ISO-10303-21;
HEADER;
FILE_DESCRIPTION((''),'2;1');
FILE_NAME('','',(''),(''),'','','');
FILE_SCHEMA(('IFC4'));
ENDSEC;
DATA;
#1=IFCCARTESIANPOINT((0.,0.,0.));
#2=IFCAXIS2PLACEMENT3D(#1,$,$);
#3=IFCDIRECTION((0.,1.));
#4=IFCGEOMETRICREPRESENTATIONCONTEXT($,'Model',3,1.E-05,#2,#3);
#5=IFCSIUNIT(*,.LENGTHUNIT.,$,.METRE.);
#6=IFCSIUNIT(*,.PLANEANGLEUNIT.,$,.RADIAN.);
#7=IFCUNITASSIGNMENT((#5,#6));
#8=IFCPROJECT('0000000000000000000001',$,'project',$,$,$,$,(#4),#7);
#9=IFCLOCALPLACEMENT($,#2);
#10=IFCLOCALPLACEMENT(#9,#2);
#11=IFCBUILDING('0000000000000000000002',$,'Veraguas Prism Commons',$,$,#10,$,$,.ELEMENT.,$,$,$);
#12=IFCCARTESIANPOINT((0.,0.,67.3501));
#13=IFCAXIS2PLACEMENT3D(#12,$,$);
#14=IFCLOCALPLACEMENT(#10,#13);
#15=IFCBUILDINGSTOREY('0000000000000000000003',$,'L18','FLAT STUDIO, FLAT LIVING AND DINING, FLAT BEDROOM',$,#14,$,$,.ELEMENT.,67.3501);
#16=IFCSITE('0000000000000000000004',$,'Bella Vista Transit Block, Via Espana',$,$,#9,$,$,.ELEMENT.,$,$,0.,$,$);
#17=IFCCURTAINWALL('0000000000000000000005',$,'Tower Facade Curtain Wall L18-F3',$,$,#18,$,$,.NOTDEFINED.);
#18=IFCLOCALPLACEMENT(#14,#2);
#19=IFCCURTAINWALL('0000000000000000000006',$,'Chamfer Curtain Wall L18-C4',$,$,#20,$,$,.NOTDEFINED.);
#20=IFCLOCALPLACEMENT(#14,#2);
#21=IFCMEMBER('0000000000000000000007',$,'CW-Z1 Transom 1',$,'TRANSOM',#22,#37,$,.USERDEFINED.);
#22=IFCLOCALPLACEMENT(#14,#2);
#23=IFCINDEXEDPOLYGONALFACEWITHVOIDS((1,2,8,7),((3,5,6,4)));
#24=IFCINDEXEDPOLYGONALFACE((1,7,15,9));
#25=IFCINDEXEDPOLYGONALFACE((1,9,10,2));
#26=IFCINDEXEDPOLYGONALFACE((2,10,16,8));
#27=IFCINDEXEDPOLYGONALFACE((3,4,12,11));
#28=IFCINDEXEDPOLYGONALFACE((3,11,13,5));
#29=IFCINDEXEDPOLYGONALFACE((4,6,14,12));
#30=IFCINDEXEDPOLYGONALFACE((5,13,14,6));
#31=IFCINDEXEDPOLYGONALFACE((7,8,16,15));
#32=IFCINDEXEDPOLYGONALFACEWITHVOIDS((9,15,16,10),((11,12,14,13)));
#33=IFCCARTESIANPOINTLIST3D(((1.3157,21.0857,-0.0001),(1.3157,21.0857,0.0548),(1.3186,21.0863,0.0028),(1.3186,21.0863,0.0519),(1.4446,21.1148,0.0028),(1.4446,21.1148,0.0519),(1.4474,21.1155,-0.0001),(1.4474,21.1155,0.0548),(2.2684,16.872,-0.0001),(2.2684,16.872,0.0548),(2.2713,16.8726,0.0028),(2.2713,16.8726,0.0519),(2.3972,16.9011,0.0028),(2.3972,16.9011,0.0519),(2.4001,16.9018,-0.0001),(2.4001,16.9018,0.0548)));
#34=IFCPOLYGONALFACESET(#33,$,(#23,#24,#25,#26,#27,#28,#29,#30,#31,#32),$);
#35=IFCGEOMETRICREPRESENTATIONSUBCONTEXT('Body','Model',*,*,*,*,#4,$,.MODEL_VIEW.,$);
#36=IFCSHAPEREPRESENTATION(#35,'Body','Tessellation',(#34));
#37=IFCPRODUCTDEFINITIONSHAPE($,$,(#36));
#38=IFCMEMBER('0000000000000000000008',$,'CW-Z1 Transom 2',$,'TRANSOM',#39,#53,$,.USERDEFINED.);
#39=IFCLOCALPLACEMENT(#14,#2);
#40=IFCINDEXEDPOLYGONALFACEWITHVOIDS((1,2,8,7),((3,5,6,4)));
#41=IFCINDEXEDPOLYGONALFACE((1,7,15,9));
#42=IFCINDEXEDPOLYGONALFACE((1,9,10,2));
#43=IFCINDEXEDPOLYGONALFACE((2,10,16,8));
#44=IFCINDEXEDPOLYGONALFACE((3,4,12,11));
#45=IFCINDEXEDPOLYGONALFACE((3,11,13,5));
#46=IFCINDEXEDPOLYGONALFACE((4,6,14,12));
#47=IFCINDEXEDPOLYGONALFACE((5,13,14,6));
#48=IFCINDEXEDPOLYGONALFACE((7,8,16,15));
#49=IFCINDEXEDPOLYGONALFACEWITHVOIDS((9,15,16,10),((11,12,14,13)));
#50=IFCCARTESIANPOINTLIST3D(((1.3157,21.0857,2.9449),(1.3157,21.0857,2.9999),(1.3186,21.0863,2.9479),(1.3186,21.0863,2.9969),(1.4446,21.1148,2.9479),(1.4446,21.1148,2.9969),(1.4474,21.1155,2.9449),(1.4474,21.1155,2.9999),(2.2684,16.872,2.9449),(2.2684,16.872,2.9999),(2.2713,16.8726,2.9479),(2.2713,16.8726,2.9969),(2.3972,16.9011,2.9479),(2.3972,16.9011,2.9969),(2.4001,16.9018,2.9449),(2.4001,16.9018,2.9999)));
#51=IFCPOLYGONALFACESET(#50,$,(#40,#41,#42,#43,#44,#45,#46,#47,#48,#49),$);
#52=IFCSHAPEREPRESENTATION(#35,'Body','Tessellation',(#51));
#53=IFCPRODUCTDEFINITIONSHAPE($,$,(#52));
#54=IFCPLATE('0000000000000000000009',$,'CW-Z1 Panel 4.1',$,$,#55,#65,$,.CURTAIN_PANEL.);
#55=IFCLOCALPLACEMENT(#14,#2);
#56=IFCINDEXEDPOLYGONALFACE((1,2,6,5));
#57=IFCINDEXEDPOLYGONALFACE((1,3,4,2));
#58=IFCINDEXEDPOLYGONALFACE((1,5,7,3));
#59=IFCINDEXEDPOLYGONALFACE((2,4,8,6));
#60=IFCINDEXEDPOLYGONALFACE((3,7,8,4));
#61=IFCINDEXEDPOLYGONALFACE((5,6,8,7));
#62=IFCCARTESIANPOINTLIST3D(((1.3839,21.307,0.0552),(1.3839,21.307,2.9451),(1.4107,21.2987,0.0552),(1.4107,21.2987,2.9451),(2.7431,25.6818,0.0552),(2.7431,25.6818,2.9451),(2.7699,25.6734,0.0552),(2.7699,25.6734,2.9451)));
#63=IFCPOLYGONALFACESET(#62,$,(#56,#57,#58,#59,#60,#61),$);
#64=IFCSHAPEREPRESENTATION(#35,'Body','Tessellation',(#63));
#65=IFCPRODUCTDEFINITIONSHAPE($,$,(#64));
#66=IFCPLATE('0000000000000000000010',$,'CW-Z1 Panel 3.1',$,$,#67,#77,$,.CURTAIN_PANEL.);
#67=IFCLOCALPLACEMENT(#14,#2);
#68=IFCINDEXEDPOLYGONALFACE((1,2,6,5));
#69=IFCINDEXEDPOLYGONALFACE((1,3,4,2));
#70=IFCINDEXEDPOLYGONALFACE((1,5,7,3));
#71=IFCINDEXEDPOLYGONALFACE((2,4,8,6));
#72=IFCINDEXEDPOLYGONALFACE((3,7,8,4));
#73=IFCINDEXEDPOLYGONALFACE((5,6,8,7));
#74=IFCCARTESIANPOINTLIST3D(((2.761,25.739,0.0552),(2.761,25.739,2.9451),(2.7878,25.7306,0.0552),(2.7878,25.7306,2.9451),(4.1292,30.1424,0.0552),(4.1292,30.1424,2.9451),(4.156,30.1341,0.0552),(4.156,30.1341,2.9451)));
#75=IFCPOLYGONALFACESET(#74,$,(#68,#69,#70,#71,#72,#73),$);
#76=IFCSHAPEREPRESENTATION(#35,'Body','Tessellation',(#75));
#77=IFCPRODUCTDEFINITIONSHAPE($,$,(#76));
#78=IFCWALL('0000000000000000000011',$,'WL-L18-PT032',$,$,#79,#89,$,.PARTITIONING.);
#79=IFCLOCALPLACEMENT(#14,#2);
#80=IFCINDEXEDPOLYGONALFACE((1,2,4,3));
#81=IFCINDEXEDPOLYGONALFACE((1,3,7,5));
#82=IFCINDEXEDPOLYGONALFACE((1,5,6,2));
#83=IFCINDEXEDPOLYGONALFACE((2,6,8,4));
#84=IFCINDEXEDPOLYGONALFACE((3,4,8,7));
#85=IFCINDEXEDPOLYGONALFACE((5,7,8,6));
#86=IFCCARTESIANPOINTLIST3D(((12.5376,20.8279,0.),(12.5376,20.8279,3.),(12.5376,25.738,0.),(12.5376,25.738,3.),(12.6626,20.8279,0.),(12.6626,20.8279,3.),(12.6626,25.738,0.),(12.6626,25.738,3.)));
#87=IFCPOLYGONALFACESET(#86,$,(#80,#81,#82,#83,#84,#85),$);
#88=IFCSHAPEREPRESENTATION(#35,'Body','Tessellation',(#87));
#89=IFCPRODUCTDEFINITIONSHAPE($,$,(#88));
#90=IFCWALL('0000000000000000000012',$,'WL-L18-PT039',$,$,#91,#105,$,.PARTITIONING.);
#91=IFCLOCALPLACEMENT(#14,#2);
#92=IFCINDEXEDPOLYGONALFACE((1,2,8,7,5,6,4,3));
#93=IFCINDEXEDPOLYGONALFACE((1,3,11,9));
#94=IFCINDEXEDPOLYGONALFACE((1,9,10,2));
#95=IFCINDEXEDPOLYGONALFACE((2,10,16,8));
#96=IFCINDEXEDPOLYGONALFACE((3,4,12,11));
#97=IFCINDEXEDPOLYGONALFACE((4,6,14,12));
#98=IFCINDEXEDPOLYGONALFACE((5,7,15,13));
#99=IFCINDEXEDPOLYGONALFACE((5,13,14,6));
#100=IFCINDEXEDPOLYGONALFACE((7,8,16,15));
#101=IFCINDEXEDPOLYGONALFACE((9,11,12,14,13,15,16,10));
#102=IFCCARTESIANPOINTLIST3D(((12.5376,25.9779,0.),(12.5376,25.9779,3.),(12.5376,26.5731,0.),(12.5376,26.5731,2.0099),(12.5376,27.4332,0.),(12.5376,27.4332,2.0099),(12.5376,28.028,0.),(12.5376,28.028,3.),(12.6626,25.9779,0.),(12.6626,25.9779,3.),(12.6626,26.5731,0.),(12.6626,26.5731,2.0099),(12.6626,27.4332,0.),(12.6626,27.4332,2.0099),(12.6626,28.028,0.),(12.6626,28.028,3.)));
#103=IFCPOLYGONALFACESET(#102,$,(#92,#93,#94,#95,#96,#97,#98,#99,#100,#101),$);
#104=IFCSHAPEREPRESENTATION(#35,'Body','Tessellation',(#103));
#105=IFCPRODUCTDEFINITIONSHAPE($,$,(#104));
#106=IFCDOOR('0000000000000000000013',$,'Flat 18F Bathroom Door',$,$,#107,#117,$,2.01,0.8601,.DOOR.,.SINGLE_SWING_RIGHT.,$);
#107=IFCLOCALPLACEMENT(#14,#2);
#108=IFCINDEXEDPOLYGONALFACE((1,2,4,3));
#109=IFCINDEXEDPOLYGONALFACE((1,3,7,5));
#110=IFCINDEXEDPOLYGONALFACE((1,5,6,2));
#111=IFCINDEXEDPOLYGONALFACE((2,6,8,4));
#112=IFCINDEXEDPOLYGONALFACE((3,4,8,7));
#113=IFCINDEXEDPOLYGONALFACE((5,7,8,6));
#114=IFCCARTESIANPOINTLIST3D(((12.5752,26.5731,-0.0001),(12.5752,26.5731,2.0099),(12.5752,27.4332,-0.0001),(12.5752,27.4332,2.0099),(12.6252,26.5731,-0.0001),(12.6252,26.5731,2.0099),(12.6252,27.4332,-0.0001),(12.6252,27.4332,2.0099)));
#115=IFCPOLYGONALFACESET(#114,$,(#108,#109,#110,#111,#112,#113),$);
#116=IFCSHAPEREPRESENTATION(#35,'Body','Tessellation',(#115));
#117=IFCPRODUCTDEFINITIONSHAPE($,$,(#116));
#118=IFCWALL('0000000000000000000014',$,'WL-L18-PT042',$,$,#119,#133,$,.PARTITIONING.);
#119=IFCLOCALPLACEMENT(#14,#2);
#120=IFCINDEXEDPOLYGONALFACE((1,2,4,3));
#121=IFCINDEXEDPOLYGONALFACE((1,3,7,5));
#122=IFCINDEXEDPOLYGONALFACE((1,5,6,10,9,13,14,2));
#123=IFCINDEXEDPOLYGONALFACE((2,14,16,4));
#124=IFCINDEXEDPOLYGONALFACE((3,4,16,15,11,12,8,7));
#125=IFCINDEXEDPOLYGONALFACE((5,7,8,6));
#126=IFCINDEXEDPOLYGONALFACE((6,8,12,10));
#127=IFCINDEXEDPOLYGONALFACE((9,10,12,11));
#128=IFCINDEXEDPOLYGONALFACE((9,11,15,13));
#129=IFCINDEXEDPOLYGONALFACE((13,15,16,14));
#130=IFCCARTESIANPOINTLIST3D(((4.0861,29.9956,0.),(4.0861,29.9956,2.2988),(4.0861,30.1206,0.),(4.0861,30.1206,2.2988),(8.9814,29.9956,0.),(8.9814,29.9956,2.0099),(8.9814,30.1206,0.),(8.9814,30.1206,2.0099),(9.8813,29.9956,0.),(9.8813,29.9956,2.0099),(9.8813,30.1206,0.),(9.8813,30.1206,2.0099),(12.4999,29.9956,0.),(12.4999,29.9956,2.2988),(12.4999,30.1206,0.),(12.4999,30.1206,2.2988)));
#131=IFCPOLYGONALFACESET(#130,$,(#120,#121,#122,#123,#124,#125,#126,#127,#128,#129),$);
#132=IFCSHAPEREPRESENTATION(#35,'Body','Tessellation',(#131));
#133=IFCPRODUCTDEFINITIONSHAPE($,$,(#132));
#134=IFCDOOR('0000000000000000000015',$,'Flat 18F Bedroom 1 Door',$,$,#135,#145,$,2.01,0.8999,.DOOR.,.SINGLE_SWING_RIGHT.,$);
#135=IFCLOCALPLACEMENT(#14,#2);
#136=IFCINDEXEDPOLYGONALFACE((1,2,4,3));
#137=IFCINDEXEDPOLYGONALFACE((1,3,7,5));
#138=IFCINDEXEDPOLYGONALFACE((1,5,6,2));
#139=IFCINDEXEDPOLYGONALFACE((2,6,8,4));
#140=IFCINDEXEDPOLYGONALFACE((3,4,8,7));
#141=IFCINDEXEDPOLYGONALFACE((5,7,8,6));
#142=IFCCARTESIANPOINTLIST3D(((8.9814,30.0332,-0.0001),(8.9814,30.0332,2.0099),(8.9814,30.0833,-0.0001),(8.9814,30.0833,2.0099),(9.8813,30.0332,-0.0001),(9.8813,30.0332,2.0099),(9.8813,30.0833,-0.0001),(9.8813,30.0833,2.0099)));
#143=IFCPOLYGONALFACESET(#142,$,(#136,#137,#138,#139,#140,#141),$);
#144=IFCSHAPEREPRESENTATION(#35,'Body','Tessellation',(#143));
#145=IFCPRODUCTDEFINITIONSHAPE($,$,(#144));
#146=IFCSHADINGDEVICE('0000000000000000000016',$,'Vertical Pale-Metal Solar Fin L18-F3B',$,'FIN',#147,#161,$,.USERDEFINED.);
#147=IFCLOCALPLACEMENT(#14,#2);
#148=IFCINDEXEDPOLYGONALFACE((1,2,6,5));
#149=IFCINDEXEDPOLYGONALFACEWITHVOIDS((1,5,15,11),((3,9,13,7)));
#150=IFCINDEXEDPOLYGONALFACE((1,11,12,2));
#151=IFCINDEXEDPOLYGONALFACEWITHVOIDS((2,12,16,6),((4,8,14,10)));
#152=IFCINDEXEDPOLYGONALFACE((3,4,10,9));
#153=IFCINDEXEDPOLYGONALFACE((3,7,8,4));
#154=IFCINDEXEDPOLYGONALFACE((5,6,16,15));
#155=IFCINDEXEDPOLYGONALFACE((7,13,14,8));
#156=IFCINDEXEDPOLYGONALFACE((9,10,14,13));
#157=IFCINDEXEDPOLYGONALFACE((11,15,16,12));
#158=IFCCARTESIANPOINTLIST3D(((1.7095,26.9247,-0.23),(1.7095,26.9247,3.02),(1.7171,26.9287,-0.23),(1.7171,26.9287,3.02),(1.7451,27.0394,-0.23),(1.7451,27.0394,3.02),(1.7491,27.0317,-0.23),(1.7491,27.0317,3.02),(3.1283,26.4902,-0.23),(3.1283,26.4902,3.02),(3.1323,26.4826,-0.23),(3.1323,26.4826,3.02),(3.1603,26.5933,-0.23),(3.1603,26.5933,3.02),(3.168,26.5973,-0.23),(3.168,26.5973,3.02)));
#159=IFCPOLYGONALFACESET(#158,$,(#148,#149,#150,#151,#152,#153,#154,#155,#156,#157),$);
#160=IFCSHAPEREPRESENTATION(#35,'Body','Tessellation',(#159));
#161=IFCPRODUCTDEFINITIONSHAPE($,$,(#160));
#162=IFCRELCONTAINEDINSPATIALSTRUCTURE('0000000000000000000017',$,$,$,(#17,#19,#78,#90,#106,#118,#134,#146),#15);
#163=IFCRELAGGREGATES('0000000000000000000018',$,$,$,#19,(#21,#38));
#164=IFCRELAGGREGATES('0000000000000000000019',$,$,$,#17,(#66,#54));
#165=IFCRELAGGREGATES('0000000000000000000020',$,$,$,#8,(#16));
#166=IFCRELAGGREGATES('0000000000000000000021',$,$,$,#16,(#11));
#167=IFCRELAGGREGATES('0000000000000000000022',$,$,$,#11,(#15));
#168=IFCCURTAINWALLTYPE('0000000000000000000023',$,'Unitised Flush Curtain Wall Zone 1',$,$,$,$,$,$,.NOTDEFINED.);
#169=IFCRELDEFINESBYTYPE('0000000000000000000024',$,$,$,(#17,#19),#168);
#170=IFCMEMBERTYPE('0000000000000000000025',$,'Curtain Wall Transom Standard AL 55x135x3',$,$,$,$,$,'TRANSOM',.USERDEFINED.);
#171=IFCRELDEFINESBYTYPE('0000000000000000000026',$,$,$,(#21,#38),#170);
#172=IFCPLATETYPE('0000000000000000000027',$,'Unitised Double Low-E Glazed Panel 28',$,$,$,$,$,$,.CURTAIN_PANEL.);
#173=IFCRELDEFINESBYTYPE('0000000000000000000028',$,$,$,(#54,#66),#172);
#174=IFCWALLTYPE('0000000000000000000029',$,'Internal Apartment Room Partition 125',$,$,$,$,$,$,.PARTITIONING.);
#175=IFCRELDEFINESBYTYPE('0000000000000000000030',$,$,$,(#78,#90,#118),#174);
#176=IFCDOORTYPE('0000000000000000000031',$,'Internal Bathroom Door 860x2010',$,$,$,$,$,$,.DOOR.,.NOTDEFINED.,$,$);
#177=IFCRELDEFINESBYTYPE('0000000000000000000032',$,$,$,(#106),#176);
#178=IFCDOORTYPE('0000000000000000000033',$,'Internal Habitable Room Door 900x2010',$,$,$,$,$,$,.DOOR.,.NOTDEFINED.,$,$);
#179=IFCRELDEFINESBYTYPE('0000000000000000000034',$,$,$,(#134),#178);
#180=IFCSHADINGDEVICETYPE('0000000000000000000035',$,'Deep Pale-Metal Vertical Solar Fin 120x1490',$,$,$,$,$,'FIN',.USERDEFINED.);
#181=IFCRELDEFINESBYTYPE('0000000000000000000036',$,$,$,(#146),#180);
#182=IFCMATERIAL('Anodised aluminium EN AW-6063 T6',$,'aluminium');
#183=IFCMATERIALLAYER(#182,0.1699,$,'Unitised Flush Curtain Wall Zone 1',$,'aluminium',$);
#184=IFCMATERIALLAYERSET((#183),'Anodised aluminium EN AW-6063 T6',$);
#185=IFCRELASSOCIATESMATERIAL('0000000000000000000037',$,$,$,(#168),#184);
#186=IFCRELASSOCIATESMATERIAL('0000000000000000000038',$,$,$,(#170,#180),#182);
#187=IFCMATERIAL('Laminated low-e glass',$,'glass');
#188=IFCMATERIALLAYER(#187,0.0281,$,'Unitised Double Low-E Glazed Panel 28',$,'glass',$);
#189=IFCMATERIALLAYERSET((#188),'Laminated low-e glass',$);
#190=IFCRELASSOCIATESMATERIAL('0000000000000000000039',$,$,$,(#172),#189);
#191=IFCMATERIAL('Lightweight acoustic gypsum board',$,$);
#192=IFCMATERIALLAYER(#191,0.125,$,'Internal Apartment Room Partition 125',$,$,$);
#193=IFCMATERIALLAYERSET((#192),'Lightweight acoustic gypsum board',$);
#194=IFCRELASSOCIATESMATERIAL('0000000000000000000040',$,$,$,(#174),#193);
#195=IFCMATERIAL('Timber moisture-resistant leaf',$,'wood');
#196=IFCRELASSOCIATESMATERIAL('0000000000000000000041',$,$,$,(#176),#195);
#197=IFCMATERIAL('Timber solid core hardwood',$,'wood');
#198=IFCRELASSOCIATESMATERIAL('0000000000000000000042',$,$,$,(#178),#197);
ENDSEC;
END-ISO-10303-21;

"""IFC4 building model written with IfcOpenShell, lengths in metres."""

from ifc_helpers import new_model, si_unit, direction, frame, frame_2d, origin, origin_2d, place, context, subcontext, project, spatial, rectangle, hollow_rectangle, extrude, source, transform, mapped, material, layer, layer_set, material_profile, profile_set, type_object, element, fill, aggregate, save


model = new_model("IFC4")

# Units and contexts
model_context = context("Model", 3, precision=1e-05, world=origin(), true_north=direction((0.0, 1.0)))
body_context = subcontext(model_context, "Body", "Model", "MODEL_VIEW")
ifc_project = project(units=[si_unit("LENGTHUNIT", "METRE"), si_unit("PLANEANGLEUNIT", "RADIAN")], contexts=[model_context])

# Site, building, storey
site_placement = place(None, origin())
site = spatial("IfcSite", under=ifc_project, at=site_placement, Name="Bella Vista Transit Block, Via Espana", CompositionType="ELEMENT", RefElevation=0.0)
building_placement = place(site_placement, origin())
building = spatial("IfcBuilding", under=site, at=building_placement, Name="Veraguas Prism Commons", CompositionType="ELEMENT")
storey_placement = place(building_placement, frame((0.0, 0.0, 67.3501)))
storey = spatial("IfcBuildingStorey", under=building, at=storey_placement, Name="L18", Description="FLAT STUDIO, FLAT LIVING AND DINING, FLAT BEDROOM", CompositionType="ELEMENT", Elevation=67.3501)

# Curtain walls, members
ifc_material_1 = material(Name="Anodised aluminium EN AW-6063 T6", Category="aluminium")
ifc_layer_1 = layer(ifc_material_1, 0.1699, Name="Unitised Flush Curtain Wall Zone 1", Category="aluminium")
ifc_layer_set_1 = layer_set([ifc_layer_1], Name="Anodised aluminium EN AW-6063 T6")
curtain_wall_type = type_object("IfcCurtainWallType", Name="Unitised Flush Curtain Wall Zone 1", PredefinedType="NOTDEFINED", material=ifc_layer_set_1)
curtain_wall_1_placement = place(storey_placement, origin())
curtain_wall_1 = element("IfcCurtainWall", 1, at=curtain_wall_1_placement, inside=storey, type_object=curtain_wall_type, Name="Tower Facade Curtain Wall L18-F3", PredefinedType="NOTDEFINED")
curtain_wall_2_placement = place(storey_placement, origin())
curtain_wall_2 = element("IfcCurtainWall", 2, at=curtain_wall_2_placement, inside=storey, type_object=curtain_wall_type, Name="Chamfer Curtain Wall L18-C4", PredefinedType="NOTDEFINED")
ifc_material_profile_1 = material_profile(ifc_material_1, hollow_rectangle(XDim=0.0549, YDim=0.135, WallThickness=0.0029, at=origin_2d()), Name="AL55X135X3")
ifc_profile_set_1 = profile_set([ifc_material_profile_1], Name="Anodised aluminium EN AW-6063 T6")
member_type_1 = type_object("IfcMemberType", Name="Curtain Wall Transom Standard AL 55x135x3", ElementType="TRANSOM", PredefinedType="USERDEFINED", material=ifc_profile_set_1)
shared_shape_1 = source(origin(), body_context, "Body", "SweptSolid", [
    extrude(hollow_rectangle(XDim=0.0549, YDim=0.135, WallThickness=0.0029, at=origin_2d()), origin(), (0.0, 0.0, 1.0), 4.3201),
])
member_1_placement = place(storey_placement, frame((1.3816, 21.1006, 0.0273), z_axis=(0.220519, -0.975383, 0.0), x_axis=(0.0, 0.0, 1.0)))
member_1 = element("IfcMember", 3, at=member_1_placement, type_object=member_type_1, Name="CW-Z1 Transom 1", ObjectType="TRANSOM", PredefinedType="USERDEFINED", context=body_context, shape_type="MappedRepresentation", body=[
    mapped(shared_shape_1, transform((0.0, 0.0, 0.0), scale=1.0)),
])
member_2_placement = place(storey_placement, frame((1.3816, 21.1006, 2.9724), z_axis=(0.220519, -0.975383, 0.0), x_axis=(0.0, 0.0, 1.0)))
member_2 = element("IfcMember", 4, at=member_2_placement, type_object=member_type_1, Name="CW-Z1 Transom 2", ObjectType="TRANSOM", PredefinedType="USERDEFINED", context=body_context, shape_type="MappedRepresentation", body=[
    mapped(shared_shape_1, transform((0.0, 0.0, 0.0), scale=1.0)),
])
aggregate(curtain_wall_2, [member_1, member_2])

# Plates
ifc_material_2 = material(Name="Laminated low-e glass", Category="glass")
ifc_layer_2 = layer(ifc_material_2, 0.0281, Name="Unitised Double Low-E Glazed Panel 28", Category="glass")
ifc_layer_set_2 = layer_set([ifc_layer_2], Name="Laminated low-e glass")
plate_type = type_object("IfcPlateType", Name="Unitised Double Low-E Glazed Panel 28", PredefinedType="CURTAIN_PANEL", material=ifc_layer_set_2)
shared_shape_2 = source(origin(), body_context, "Body", "SweptSolid", [
    extrude(rectangle(XDim=4.5811, YDim=0.0281, at=origin_2d()), origin(), (0.0, 0.0, 1.0), 2.8899),
])
plate_1_placement = place(storey_placement, frame((2.0769, 23.4902, 0.0552), z_axis=(0.0, 0.0, 1.0), x_axis=(-0.29671, -0.954968, 0.0)))
plate_1 = element("IfcPlate", 5, at=plate_1_placement, type_object=plate_type, Name="CW-Z1 Panel 4.1", PredefinedType="CURTAIN_PANEL", context=body_context, shape_type="MappedRepresentation", body=[
    mapped(shared_shape_2, transform((0.0, 0.0, 0.0), scale=1.0)),
])
shared_shape_3 = source(origin(), body_context, "Body", "SweptSolid", [
    extrude(rectangle(XDim=4.6111, YDim=0.0281, at=origin_2d()), origin(), (0.0, 0.0, 1.0), 2.8899),
])
plate_2_placement = place(storey_placement, frame((3.4585, 27.9365, 0.0552), z_axis=(0.0, 0.0, 1.0), x_axis=(-0.29671, -0.954968, 0.0)))
plate_2 = element("IfcPlate", 6, at=plate_2_placement, type_object=plate_type, Name="CW-Z1 Panel 3.1", PredefinedType="CURTAIN_PANEL", context=body_context, shape_type="MappedRepresentation", body=[
    mapped(shared_shape_3, transform((0.0, 0.0, 0.0), scale=1.0)),
])
aggregate(curtain_wall_1, [plate_2, plate_1])

# Wall
ifc_material_3 = material(Name="Lightweight acoustic gypsum board")
ifc_layer_3 = layer(ifc_material_3, 0.125, Name="Internal Apartment Room Partition 125")
ifc_layer_set_3 = layer_set([ifc_layer_3], Name="Lightweight acoustic gypsum board")
wall_type = type_object("IfcWallType", Name="Internal Apartment Room Partition 125", PredefinedType="PARTITIONING", material=ifc_layer_set_3)
wall_1_placement = place(storey_placement, frame((12.6001, 20.8279, 0.0), z_axis=(0.0, 0.0, 1.0), x_axis=(0.0, 1.0, 0.0)))
element("IfcWall", 7, at=wall_1_placement, inside=storey, type_object=wall_type, Name="WL-L18-PT032", PredefinedType="PARTITIONING", context=body_context, shape_type="SweptSolid", body=[
    extrude(rectangle(XDim=4.9102, YDim=0.125, at=frame_2d((2.4551, 0.0))), origin(), (0.0, 0.0, 1.0), 3.0),
])

# Walls, openings, doors
wall_2_placement = place(storey_placement, frame((12.6001, 25.978, 0.0), z_axis=(0.0, 0.0, 1.0), x_axis=(0.0, 1.0, 0.0)))
wall_2 = element("IfcWall", 8, at=wall_2_placement, inside=storey, type_object=wall_type, Name="WL-L18-PT039", PredefinedType="PARTITIONING", context=body_context, shape_type="SweptSolid", body=[
    extrude(rectangle(XDim=2.05, YDim=0.125, at=frame_2d((1.0249, 0.0))), origin(), (0.0, 0.0, 1.0), 3.0),
])
opening_1_placement = place(wall_2_placement, frame((0.595, 0.0, 0.0)))
opening_1 = element("IfcOpeningElement", 9, at=opening_1_placement, cuts=wall_2, PredefinedType="OPENING", context=body_context, shape_type="SweptSolid", body=[
    extrude(rectangle(XDim=0.8601, YDim=2.01, at=frame_2d((0.4302, 1.0049))), frame((0.0, 0.0725, 0.0), z_axis=(0.0, -1.0, 0.0), x_axis=(1.0, 0.0, 0.0)), (0.0, 0.0, 1.0), 0.145),
])
ifc_material_4 = material(Name="Timber moisture-resistant leaf", Category="wood")
door_type_1 = type_object("IfcDoorType", Name="Internal Bathroom Door 860x2010", OperationType="NOTDEFINED", PredefinedType="DOOR", material=ifc_material_4)
shared_shape_4 = source(origin(), body_context, "Body", "SweptSolid", [
    extrude(rectangle(XDim=0.8601, YDim=2.01, at=frame_2d((0.4302, 1.0049))), frame((0.0, 0.0249, 0.0), z_axis=(0.0, -1.0, 0.0), x_axis=(1.0, 0.0, 0.0)), (0.0, 0.0, 1.0), 0.05),
])
door_1_placement = place(opening_1_placement, origin())
door_1 = element("IfcDoor", 10, at=door_1_placement, inside=storey, type_object=door_type_1, Name="Flat 18F Bathroom Door", OperationType="SINGLE_SWING_RIGHT", OverallHeight=2.01, OverallWidth=0.8601, PredefinedType="DOOR", context=body_context, shape_type="MappedRepresentation", body=[
    mapped(shared_shape_4, transform((0.0, 0.0, 0.0), scale=1.0)),
])
fill(opening_1, door_1)
wall_3_placement = place(storey_placement, frame((12.5, 30.0581, 0.0), z_axis=(0.0, 0.0, 1.0), x_axis=(-1.0, 0.0, 0.0)))
wall_3 = element("IfcWall", 11, at=wall_3_placement, inside=storey, type_object=wall_type, Name="WL-L18-PT042", PredefinedType="PARTITIONING", context=body_context, shape_type="SweptSolid", body=[
    extrude(rectangle(XDim=8.4138, YDim=0.125, at=frame_2d((4.207, 0.0))), origin(), (0.0, 0.0, 1.0), 2.2988),
])
opening_2_placement = place(wall_3_placement, frame((2.6187, 0.0, 0.0)))
opening_2 = element("IfcOpeningElement", 12, at=opening_2_placement, cuts=wall_3, PredefinedType="OPENING", context=body_context, shape_type="SweptSolid", body=[
    extrude(rectangle(XDim=0.8999, YDim=2.01, at=frame_2d((0.45, 1.0049))), frame((0.0, 0.0725, 0.0), z_axis=(0.0, -1.0, 0.0), x_axis=(1.0, 0.0, 0.0)), (0.0, 0.0, 1.0), 0.145),
])
ifc_material_5 = material(Name="Timber solid core hardwood", Category="wood")
door_type_2 = type_object("IfcDoorType", Name="Internal Habitable Room Door 900x2010", OperationType="NOTDEFINED", PredefinedType="DOOR", material=ifc_material_5)
shared_shape_5 = source(origin(), body_context, "Body", "SweptSolid", [
    extrude(rectangle(XDim=0.8999, YDim=2.01, at=frame_2d((0.45, 1.0049))), frame((0.0, 0.0249, 0.0), z_axis=(0.0, -1.0, 0.0), x_axis=(1.0, 0.0, 0.0)), (0.0, 0.0, 1.0), 0.05),
])
door_2_placement = place(opening_2_placement, origin())
door_2 = element("IfcDoor", 13, at=door_2_placement, inside=storey, type_object=door_type_2, Name="Flat 18F Bedroom 1 Door", OperationType="SINGLE_SWING_RIGHT", OverallHeight=2.01, OverallWidth=0.8999, PredefinedType="DOOR", context=body_context, shape_type="MappedRepresentation", body=[
    mapped(shared_shape_5, transform((0.0, 0.0, 0.0), scale=1.0)),
])
fill(opening_2, door_2)

# Shading device
ifc_material_profile_2 = material_profile(ifc_material_1, hollow_rectangle(XDim=0.1201, YDim=1.49, WallThickness=0.0061, at=origin_2d()), Name="FIN120X1490X6")
ifc_profile_set_2 = profile_set([ifc_material_profile_2], Name="Anodised aluminium EN AW-6063 T6")
shading_device_type = type_object("IfcShadingDeviceType", Name="Deep Pale-Metal Vertical Solar Fin 120x1490", ElementType="FIN", PredefinedType="USERDEFINED", material=ifc_profile_set_2)
shading_device_placement = place(storey_placement, frame((2.4387, 26.761, -0.23), z_axis=(0.0, 0.0, 1.0), x_axis=(-0.29671, -0.954968, 0.0)))
element("IfcShadingDevice", 14, at=shading_device_placement, inside=storey, type_object=shading_device_type, Name="Vertical Pale-Metal Solar Fin L18-F3B", ObjectType="FIN", PredefinedType="USERDEFINED", context=body_context, shape_type="SweptSolid", body=[
    extrude(hollow_rectangle(XDim=0.1201, YDim=1.49, WallThickness=0.0061, at=origin_2d()), origin(), (0.0, 0.0, 1.0), 3.25),
])

save(model, "model.ifc")
